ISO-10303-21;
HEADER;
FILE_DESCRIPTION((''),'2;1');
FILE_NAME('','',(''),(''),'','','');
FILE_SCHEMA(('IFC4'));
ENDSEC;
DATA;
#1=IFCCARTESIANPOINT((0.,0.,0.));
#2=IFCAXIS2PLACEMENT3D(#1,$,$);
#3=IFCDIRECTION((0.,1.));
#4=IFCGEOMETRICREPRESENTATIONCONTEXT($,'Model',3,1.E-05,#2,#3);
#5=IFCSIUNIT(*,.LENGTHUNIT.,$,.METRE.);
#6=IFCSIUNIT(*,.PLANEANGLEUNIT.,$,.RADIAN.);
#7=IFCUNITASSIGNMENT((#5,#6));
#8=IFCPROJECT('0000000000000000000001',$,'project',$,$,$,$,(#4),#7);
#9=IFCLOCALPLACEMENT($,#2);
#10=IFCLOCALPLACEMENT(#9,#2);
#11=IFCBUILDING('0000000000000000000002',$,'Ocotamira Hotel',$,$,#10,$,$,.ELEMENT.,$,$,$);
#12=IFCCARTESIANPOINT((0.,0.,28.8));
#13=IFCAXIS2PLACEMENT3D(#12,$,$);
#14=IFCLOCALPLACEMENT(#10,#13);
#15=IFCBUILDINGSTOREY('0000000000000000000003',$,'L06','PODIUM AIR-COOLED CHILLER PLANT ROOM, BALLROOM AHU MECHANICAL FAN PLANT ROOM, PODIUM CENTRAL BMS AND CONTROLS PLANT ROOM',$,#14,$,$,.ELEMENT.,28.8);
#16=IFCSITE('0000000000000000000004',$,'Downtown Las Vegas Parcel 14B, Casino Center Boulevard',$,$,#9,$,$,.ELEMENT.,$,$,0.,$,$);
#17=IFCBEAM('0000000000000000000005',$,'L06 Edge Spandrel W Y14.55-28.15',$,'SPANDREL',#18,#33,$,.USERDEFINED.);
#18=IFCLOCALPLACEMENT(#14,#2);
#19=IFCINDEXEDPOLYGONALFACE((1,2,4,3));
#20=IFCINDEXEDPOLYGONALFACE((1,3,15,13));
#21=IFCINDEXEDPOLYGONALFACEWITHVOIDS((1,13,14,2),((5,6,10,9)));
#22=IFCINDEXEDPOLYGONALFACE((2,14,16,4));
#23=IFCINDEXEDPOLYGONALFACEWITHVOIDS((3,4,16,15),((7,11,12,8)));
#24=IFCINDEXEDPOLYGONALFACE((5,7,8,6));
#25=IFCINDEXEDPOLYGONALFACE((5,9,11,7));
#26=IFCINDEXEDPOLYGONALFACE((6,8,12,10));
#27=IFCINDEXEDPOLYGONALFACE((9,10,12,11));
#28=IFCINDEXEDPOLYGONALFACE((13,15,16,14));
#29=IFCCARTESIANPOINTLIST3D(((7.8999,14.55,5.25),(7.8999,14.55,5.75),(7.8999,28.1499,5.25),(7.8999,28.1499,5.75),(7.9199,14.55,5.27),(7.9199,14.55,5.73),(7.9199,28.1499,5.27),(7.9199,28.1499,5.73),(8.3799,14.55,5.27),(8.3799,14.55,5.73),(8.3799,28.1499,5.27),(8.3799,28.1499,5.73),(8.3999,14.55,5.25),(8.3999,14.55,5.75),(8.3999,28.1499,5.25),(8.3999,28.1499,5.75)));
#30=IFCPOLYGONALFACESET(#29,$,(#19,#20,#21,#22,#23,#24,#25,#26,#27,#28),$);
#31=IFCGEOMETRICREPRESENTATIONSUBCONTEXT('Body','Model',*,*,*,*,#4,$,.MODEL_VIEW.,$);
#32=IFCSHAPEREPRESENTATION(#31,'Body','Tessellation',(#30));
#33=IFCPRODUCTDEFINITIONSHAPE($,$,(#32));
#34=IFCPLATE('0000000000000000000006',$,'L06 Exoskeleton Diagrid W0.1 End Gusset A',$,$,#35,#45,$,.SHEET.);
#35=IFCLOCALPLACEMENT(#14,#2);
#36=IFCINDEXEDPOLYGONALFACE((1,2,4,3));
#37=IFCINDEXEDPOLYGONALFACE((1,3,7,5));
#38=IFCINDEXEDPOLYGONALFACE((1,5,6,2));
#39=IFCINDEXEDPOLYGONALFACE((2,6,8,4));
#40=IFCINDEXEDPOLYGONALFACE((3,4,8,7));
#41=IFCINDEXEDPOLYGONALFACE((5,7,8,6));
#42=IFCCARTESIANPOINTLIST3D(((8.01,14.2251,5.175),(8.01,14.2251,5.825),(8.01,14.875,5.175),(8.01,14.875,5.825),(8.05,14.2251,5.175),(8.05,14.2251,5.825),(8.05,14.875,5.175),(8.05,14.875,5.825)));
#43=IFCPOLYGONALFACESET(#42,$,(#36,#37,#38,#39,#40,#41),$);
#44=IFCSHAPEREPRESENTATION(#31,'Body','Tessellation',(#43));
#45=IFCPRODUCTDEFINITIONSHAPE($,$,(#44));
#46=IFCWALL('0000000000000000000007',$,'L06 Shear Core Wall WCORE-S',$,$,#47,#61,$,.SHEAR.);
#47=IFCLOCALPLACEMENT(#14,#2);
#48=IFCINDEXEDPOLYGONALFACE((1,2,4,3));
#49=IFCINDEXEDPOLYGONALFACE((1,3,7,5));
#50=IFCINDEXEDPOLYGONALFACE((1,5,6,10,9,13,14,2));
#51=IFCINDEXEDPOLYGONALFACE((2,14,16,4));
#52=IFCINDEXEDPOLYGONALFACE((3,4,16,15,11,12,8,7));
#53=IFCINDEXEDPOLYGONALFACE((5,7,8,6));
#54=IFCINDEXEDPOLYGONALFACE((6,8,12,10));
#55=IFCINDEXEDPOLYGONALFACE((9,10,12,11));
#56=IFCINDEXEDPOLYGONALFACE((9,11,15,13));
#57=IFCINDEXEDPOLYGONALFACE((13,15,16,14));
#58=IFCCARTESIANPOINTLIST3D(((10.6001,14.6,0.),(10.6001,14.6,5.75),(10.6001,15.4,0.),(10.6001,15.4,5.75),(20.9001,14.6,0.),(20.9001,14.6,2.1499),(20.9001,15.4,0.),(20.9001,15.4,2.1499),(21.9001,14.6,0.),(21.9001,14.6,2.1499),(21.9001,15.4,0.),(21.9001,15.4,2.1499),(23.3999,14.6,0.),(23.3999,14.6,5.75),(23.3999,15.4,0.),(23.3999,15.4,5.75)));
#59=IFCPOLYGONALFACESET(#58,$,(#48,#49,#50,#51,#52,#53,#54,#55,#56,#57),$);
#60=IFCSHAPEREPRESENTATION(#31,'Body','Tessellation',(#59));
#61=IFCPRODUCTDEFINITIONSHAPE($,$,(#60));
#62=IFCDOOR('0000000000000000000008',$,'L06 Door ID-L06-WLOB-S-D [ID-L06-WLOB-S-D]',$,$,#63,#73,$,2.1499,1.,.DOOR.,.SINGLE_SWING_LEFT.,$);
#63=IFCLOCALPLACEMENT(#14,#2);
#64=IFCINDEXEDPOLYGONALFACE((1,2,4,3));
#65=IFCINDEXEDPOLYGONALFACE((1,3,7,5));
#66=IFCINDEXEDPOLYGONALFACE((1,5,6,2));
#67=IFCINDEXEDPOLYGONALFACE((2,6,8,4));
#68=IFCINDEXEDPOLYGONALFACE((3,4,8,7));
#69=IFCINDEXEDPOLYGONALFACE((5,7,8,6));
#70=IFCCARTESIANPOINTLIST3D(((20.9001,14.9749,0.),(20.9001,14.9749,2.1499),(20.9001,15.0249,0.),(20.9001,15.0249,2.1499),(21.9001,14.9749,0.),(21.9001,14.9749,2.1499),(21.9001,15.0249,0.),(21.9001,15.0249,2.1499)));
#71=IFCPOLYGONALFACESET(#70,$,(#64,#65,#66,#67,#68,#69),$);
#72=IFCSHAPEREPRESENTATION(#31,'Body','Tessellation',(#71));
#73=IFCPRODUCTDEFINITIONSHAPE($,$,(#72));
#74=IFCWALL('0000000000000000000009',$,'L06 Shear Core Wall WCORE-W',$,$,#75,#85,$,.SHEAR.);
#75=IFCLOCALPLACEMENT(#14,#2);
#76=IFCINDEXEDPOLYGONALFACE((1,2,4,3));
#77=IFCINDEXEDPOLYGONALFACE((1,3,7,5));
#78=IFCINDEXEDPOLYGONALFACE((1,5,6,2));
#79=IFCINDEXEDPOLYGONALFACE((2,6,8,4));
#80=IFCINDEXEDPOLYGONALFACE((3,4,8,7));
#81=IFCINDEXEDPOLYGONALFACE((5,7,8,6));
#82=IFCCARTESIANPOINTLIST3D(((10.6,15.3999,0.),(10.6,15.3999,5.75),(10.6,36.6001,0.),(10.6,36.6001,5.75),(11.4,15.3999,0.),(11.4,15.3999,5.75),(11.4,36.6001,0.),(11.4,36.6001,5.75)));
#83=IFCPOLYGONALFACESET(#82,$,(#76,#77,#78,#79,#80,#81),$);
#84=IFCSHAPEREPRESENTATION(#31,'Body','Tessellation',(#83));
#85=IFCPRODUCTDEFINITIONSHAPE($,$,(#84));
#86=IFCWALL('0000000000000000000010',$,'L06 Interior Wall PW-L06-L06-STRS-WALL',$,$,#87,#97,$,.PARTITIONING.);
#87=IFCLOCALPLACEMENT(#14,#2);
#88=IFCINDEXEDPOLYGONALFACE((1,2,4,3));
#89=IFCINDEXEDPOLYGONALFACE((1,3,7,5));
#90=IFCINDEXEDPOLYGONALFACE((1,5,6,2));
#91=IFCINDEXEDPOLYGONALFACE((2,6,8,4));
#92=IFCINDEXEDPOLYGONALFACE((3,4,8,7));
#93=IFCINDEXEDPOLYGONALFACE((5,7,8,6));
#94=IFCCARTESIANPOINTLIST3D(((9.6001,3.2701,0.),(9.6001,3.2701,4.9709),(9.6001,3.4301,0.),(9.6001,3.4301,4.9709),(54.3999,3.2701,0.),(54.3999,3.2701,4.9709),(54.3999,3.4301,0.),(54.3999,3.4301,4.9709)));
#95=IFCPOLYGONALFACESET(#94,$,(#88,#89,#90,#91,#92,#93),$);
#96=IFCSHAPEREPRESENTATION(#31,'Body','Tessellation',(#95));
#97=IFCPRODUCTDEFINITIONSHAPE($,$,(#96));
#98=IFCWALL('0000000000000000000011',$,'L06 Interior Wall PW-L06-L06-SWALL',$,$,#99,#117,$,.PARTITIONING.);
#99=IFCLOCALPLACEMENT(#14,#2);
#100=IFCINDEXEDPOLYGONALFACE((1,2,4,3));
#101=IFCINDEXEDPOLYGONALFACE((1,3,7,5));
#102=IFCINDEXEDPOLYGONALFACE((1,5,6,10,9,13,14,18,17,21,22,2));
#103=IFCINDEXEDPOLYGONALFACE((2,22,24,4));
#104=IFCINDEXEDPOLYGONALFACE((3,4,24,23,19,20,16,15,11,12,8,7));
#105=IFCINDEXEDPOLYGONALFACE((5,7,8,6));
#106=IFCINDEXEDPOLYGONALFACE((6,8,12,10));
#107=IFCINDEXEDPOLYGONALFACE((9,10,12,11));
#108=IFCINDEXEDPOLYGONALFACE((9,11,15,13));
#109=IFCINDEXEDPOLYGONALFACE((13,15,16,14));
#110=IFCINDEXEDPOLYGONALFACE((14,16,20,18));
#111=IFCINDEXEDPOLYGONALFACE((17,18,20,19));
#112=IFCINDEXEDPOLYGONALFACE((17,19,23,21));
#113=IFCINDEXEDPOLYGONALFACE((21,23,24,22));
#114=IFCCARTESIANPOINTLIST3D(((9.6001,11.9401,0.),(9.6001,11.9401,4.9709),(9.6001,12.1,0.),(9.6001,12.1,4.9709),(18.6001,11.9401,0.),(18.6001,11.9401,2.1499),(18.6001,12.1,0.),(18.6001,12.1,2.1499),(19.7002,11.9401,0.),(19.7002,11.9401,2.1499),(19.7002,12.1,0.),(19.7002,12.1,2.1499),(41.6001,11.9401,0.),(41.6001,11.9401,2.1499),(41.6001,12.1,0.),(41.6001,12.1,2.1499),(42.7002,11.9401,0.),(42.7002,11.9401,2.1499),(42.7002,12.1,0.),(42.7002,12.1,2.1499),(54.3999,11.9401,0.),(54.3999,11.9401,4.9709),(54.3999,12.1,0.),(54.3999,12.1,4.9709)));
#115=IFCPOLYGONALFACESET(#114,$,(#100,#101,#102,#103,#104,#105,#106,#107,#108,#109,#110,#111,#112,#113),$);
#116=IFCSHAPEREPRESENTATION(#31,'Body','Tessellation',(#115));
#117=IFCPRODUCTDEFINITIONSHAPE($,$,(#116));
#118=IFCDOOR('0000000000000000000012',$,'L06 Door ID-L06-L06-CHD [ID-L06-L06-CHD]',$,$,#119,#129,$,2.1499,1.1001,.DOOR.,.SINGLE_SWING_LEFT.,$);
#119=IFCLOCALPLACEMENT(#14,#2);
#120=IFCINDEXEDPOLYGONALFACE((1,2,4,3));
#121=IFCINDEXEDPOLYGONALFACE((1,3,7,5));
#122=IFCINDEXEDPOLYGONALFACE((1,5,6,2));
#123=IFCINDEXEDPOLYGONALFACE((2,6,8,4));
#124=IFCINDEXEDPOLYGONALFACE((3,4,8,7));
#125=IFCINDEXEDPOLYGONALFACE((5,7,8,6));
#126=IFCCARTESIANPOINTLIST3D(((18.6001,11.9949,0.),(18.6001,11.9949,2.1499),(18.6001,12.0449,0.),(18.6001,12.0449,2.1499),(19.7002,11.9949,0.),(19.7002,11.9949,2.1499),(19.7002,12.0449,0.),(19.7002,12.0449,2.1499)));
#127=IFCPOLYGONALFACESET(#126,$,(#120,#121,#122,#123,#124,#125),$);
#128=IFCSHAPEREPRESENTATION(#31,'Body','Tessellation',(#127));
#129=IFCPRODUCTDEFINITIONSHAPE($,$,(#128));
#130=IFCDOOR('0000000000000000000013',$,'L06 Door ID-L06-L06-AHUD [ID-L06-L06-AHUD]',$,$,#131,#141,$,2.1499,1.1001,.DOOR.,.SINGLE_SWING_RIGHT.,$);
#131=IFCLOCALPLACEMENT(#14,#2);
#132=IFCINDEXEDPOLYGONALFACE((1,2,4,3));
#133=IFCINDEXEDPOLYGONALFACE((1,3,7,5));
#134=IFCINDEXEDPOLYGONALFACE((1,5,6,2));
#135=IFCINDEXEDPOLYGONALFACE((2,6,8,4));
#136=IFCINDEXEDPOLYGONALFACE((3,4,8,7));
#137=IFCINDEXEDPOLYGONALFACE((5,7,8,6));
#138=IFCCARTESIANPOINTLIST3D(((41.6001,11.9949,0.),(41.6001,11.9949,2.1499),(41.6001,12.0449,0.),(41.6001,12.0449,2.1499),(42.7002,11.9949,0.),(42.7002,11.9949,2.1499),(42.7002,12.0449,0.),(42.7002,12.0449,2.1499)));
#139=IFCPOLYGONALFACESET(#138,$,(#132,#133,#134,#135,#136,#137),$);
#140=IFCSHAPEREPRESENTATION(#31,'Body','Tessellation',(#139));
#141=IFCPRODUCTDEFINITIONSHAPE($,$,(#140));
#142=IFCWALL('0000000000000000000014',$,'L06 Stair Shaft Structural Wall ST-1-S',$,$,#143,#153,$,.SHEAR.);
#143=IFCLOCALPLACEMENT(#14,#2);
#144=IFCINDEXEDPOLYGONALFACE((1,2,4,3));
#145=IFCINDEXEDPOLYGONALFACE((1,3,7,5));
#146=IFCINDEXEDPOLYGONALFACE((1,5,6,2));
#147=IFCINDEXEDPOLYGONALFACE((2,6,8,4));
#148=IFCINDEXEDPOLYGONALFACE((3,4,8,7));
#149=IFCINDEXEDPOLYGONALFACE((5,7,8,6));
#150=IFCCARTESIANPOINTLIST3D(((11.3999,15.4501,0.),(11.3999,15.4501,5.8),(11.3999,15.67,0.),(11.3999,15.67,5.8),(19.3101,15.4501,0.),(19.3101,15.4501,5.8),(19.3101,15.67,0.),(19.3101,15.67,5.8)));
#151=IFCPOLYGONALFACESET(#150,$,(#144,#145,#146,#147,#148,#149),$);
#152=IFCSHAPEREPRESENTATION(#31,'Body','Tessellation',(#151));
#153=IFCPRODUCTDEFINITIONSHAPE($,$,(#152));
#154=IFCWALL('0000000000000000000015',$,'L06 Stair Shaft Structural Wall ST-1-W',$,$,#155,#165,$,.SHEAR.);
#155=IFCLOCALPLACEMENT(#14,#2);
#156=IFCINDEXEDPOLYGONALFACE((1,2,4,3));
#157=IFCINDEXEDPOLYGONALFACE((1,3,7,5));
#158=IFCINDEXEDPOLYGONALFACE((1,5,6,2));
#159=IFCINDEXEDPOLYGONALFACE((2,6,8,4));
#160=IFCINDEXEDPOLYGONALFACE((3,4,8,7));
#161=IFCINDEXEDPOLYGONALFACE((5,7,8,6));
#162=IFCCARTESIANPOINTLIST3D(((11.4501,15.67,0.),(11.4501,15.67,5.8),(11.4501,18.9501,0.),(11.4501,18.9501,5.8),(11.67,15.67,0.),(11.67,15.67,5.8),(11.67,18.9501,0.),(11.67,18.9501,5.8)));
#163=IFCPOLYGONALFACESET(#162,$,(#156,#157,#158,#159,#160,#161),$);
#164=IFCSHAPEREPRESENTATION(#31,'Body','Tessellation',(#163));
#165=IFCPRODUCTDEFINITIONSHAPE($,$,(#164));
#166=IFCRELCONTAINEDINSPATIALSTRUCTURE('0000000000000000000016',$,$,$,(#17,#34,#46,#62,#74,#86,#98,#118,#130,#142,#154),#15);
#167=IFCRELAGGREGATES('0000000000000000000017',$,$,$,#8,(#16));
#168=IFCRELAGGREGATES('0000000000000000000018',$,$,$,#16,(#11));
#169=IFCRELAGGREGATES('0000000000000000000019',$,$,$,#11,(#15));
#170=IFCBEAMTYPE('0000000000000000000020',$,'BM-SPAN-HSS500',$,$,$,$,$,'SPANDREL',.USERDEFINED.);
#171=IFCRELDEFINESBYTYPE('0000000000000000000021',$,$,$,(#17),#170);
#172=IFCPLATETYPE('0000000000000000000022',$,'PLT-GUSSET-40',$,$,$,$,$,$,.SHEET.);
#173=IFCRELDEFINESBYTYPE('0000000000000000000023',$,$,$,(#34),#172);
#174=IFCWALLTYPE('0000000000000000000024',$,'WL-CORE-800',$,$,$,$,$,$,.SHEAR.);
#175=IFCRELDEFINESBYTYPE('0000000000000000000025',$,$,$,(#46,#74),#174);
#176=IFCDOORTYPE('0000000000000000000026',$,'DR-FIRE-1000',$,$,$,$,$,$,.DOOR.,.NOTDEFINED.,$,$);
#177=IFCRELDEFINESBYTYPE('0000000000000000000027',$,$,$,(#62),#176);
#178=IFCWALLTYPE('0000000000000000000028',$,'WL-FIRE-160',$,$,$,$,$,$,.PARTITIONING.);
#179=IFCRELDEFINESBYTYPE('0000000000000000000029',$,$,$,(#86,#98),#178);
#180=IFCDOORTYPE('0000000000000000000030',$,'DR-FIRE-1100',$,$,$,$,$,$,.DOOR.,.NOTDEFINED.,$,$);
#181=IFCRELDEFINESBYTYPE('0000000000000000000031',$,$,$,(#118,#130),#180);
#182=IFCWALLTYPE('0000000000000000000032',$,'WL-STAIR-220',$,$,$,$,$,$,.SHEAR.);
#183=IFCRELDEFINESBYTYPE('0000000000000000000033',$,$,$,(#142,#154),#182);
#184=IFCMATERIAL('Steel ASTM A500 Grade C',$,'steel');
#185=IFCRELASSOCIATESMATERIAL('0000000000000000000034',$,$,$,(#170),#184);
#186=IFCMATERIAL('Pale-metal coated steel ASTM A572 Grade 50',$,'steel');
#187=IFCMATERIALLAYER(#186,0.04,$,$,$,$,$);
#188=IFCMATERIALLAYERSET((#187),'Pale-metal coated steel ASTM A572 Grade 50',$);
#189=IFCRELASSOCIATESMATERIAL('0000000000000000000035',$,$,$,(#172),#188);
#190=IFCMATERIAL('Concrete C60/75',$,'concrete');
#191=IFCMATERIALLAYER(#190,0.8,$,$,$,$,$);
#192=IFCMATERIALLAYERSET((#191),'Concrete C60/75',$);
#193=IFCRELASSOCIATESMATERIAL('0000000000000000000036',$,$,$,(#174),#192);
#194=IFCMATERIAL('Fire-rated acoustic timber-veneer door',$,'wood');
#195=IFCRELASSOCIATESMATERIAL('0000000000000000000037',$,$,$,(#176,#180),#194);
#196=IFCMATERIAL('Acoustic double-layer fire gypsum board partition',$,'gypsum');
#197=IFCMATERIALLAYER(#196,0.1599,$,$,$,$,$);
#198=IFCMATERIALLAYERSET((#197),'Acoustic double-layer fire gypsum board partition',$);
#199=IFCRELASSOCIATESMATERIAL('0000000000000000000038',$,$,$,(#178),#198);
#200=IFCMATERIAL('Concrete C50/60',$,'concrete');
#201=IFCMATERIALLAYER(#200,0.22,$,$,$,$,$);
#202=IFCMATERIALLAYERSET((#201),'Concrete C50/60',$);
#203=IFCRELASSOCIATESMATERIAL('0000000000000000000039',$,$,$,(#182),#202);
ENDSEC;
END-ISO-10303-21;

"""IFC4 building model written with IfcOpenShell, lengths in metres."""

from ifc_helpers import new_model, si_unit, direction, frame, frame_2d, origin, origin_2d, place, context, subcontext, project, spatial, rectangle, hollow_rectangle, extrude, source, transform, mapped, material, layer, layer_set, material_profile, profile_set, type_object, element, fill, save


model = new_model("IFC4")

# Units and contexts
model_context = context("Model", 3, precision=1e-05, world=origin(), true_north=direction((0.0, 1.0)))
body_context = subcontext(model_context, "Body", "Model", "MODEL_VIEW")
ifc_project = project(units=[si_unit("LENGTHUNIT", "METRE"), si_unit("PLANEANGLEUNIT", "RADIAN")], contexts=[model_context])

# Site, building, storey
site_placement = place(None, origin())
site = spatial("IfcSite", under=ifc_project, at=site_placement, Name="Downtown Las Vegas Parcel 14B, Casino Center Boulevard", CompositionType="ELEMENT", RefElevation=0.0)
building_placement = place(site_placement, origin())
building = spatial("IfcBuilding", under=site, at=building_placement, Name="Ocotamira Hotel", CompositionType="ELEMENT")
storey_placement = place(building_placement, frame((0.0, 0.0, 28.8)))
storey = spatial("IfcBuildingStorey", under=building, at=storey_placement, Name="L06", Description="PODIUM AIR-COOLED CHILLER PLANT ROOM, BALLROOM AHU MECHANICAL FAN PLANT ROOM, PODIUM CENTRAL BMS AND CONTROLS PLANT ROOM", CompositionType="ELEMENT", Elevation=28.8)

# Shared definitions
ifc_material_1 = material(Name="Concrete C60/75", Category="concrete")

# Beam
ifc_material_2 = material(Name="Steel ASTM A500 Grade C", Category="steel")
ifc_material_profile_1 = material_profile(ifc_material_2, hollow_rectangle(XDim=0.5, YDim=0.5, WallThickness=0.02, at=origin_2d()), Name="HSS500X500X20")
ifc_profile_set_1 = profile_set([ifc_material_profile_1], Name="Steel ASTM A500 Grade C")
beam_type_1 = type_object("IfcBeamType", Name="BM-SPAN-HSS500", ElementType="SPANDREL", PredefinedType="USERDEFINED", material=ifc_profile_set_1)
shared_shape_1 = source(origin(), body_context, "Body", "SweptSolid", [
    extrude(hollow_rectangle(XDim=0.5, YDim=0.5, WallThickness=0.02, at=origin_2d()), origin(), (0.0, 0.0, 1.0), 13.5999),
])
beam_1_placement = place(storey_placement, frame((8.1499, 14.55, 5.5), z_axis=(0.0, 1.0, 0.0), x_axis=(-1.0, 0.0, 0.0)))
element("IfcBeam", 1, at=beam_1_placement, inside=storey, type_object=beam_type_1, Name="L06 Edge Spandrel W Y14.55-28.15", ObjectType="SPANDREL", PredefinedType="USERDEFINED", context=body_context, shape_type="MappedRepresentation", body=[
    mapped(shared_shape_1, transform((0.0, 0.0, 0.0), scale=1.0)),
])

# Plate
ifc_material_3 = material(Name="Pale-metal coated steel ASTM A572 Grade 50", Category="steel")
ifc_layer_1 = layer(ifc_material_3, 0.04)
ifc_layer_set_1 = layer_set([ifc_layer_1], Name="Pale-metal coated steel ASTM A572 Grade 50")
plate_type = type_object("IfcPlateType", Name="PLT-GUSSET-40", PredefinedType="SHEET", material=ifc_layer_set_1)
shared_shape_2 = source(origin(), body_context, "Body", "SweptSolid", [
    extrude(rectangle(XDim=0.04, YDim=0.6499, at=origin_2d()), origin(), (0.0, 0.0, 1.0), 0.6499),
])
plate_placement = place(storey_placement, frame((8.03, 14.55, 5.175), z_axis=(0.0, 0.0, 1.0), x_axis=(1.0, 0.0, 0.0)))
element("IfcPlate", 2, at=plate_placement, inside=storey, type_object=plate_type, Name="L06 Exoskeleton Diagrid W0.1 End Gusset A", PredefinedType="SHEET", context=body_context, shape_type="MappedRepresentation", body=[
    mapped(shared_shape_2, transform((0.0, 0.0, 0.0), scale=1.0)),
])

# Wall, opening, door
ifc_layer_2 = layer(ifc_material_1, 0.8)
ifc_layer_set_2 = layer_set([ifc_layer_2], Name="Concrete C60/75")
wall_type_1 = type_object("IfcWallType", Name="WL-CORE-800", PredefinedType="SHEAR", material=ifc_layer_set_2)
wall_1_placement = place(storey_placement, frame((10.6001, 15.0, 0.0), z_axis=(0.0, 0.0, 1.0), x_axis=(1.0, 0.0, 0.0)))
wall_1 = element("IfcWall", 3, at=wall_1_placement, inside=storey, type_object=wall_type_1, Name="L06 Shear Core Wall WCORE-S", PredefinedType="SHEAR", context=body_context, shape_type="SweptSolid", body=[
    extrude(rectangle(XDim=12.7998, YDim=0.8, at=frame_2d((6.3999, 0.0))), origin(), (0.0, 0.0, 1.0), 5.75),
])
opening_1_placement = place(wall_1_placement, frame((10.3, 0.0, 0.0)))
opening_1 = element("IfcOpeningElement", 4, at=opening_1_placement, cuts=wall_1, PredefinedType="OPENING", context=body_context, shape_type="SweptSolid", body=[
    extrude(rectangle(XDim=1.0, YDim=2.1499, at=frame_2d((0.5, 1.075))), frame((0.0, 0.4102, 0.0), z_axis=(0.0, -1.0, 0.0), x_axis=(1.0, 0.0, 0.0)), (0.0, 0.0, 1.0), 0.8201),
])
ifc_material_4 = material(Name="Fire-rated acoustic timber-veneer door", Category="wood")
door_type_1 = type_object("IfcDoorType", Name="DR-FIRE-1000", OperationType="NOTDEFINED", PredefinedType="DOOR", material=ifc_material_4)
shared_shape_3 = source(origin(), body_context, "Body", "SweptSolid", [
    extrude(rectangle(XDim=1.0, YDim=2.1499, at=frame_2d((0.5, 1.075))), frame((0.0, 0.0249, 0.0), z_axis=(0.0, -1.0, 0.0), x_axis=(1.0, 0.0, 0.0)), (0.0, 0.0, 1.0), 0.05),
])
door_1_placement = place(opening_1_placement, origin())
door_1 = element("IfcDoor", 5, at=door_1_placement, inside=storey, type_object=door_type_1, Name="L06 Door ID-L06-WLOB-S-D [ID-L06-WLOB-S-D]", OperationType="SINGLE_SWING_LEFT", OverallHeight=2.1499, OverallWidth=1.0, PredefinedType="DOOR", context=body_context, shape_type="MappedRepresentation", body=[
    mapped(shared_shape_3, transform((0.0, 0.0, 0.0), scale=1.0)),
])
fill(opening_1, door_1)

# Walls
wall_2_placement = place(storey_placement, frame((11.0, 15.3999, 0.0), z_axis=(0.0, 0.0, 1.0), x_axis=(0.0, 1.0, 0.0)))
element("IfcWall", 6, at=wall_2_placement, inside=storey, type_object=wall_type_1, Name="L06 Shear Core Wall WCORE-W", PredefinedType="SHEAR", context=body_context, shape_type="SweptSolid", body=[
    extrude(rectangle(XDim=21.2002, YDim=0.8, at=frame_2d((10.6001, 0.0))), origin(), (0.0, 0.0, 1.0), 5.75),
])
ifc_material_5 = material(Name="Acoustic double-layer fire gypsum board partition", Category="gypsum")
ifc_layer_3 = layer(ifc_material_5, 0.1599)
ifc_layer_set_3 = layer_set([ifc_layer_3], Name="Acoustic double-layer fire gypsum board partition")
wall_type_2 = type_object("IfcWallType", Name="WL-FIRE-160", PredefinedType="PARTITIONING", material=ifc_layer_set_3)
wall_3_placement = place(storey_placement, frame((9.6001, 3.3501, 0.0), z_axis=(0.0, 0.0, 1.0), x_axis=(1.0, 0.0, 0.0)))
element("IfcWall", 7, at=wall_3_placement, inside=storey, type_object=wall_type_2, Name="L06 Interior Wall PW-L06-L06-STRS-WALL", PredefinedType="PARTITIONING", context=body_context, shape_type="SweptSolid", body=[
    extrude(rectangle(XDim=44.7998, YDim=0.1599, at=frame_2d((22.3999, 0.0))), origin(), (0.0, 0.0, 1.0), 4.9709),
])

# Wall, openings, doors
wall_4_placement = place(storey_placement, frame((9.6001, 12.02, 0.0), z_axis=(0.0, 0.0, 1.0), x_axis=(1.0, 0.0, 0.0)))
wall_4 = element("IfcWall", 8, at=wall_4_placement, inside=storey, type_object=wall_type_2, Name="L06 Interior Wall PW-L06-L06-SWALL", PredefinedType="PARTITIONING", context=body_context, shape_type="SweptSolid", body=[
    extrude(rectangle(XDim=44.7998, YDim=0.1599, at=frame_2d((22.3999, 0.0))), origin(), (0.0, 0.0, 1.0), 4.9709),
])
opening_2_placement = place(wall_4_placement, frame((9.0, 0.0, 0.0)))
opening_2 = element("IfcOpeningElement", 9, at=opening_2_placement, cuts=wall_4, PredefinedType="OPENING", context=body_context, shape_type="SweptSolid", body=[
    extrude(rectangle(XDim=1.1001, YDim=2.1499, at=frame_2d((0.55, 1.075))), frame((0.0, 0.0898, 0.0), z_axis=(0.0, -1.0, 0.0), x_axis=(1.0, 0.0, 0.0)), (0.0, 0.0, 1.0), 0.1799),
])
opening_3_placement = place(wall_4_placement, frame((32.0, 0.0, 0.0)))
opening_3 = element("IfcOpeningElement", 10, at=opening_3_placement, cuts=wall_4, PredefinedType="OPENING", context=body_context, shape_type="SweptSolid", body=[
    extrude(rectangle(XDim=1.1001, YDim=2.1499, at=frame_2d((0.55, 1.075))), frame((0.0, 0.0898, 0.0), z_axis=(0.0, -1.0, 0.0), x_axis=(1.0, 0.0, 0.0)), (0.0, 0.0, 1.0), 0.1799),
])
door_type_2 = type_object("IfcDoorType", Name="DR-FIRE-1100", OperationType="NOTDEFINED", PredefinedType="DOOR", material=ifc_material_4)
shared_shape_4 = source(origin(), body_context, "Body", "SweptSolid", [
    extrude(rectangle(XDim=1.1001, YDim=2.1499, at=frame_2d((0.55, 1.075))), frame((0.0, 0.0249, 0.0), z_axis=(0.0, -1.0, 0.0), x_axis=(1.0, 0.0, 0.0)), (0.0, 0.0, 1.0), 0.05),
])
door_2_placement = place(opening_2_placement, origin())
door_2 = element("IfcDoor", 11, at=door_2_placement, inside=storey, type_object=door_type_2, Name="L06 Door ID-L06-L06-CHD [ID-L06-L06-CHD]", OperationType="SINGLE_SWING_LEFT", OverallHeight=2.1499, OverallWidth=1.1001, PredefinedType="DOOR", context=body_context, shape_type="MappedRepresentation", body=[
    mapped(shared_shape_4, transform((0.0, 0.0, 0.0), scale=1.0)),
])
fill(opening_2, door_2)
door_3_placement = place(opening_3_placement, origin())
door_3 = element("IfcDoor", 12, at=door_3_placement, inside=storey, type_object=door_type_2, Name="L06 Door ID-L06-L06-AHUD [ID-L06-L06-AHUD]", OperationType="SINGLE_SWING_RIGHT", OverallHeight=2.1499, OverallWidth=1.1001, PredefinedType="DOOR", context=body_context, shape_type="MappedRepresentation", body=[
    mapped(shared_shape_4, transform((0.0, 0.0, 0.0), scale=1.0)),
])
fill(opening_3, door_3)

# Walls
ifc_material_6 = material(Name="Concrete C50/60", Category="concrete")
ifc_layer_4 = layer(ifc_material_6, 0.22)
ifc_layer_set_4 = layer_set([ifc_layer_4], Name="Concrete C50/60")
wall_type_3 = type_object("IfcWallType", Name="WL-STAIR-220", PredefinedType="SHEAR", material=ifc_layer_set_4)
wall_5_placement = place(storey_placement, frame((11.3999, 15.5601, 0.0), z_axis=(0.0, 0.0, 1.0), x_axis=(1.0, 0.0, 0.0)))
element("IfcWall", 13, at=wall_5_placement, inside=storey, type_object=wall_type_3, Name="L06 Stair Shaft Structural Wall ST-1-S", PredefinedType="SHEAR", context=body_context, shape_type="SweptSolid", body=[
    extrude(rectangle(XDim=7.9102, YDim=0.22, at=frame_2d((3.9551, 0.0))), origin(), (0.0, 0.0, 1.0), 5.8),
])
wall_6_placement = place(storey_placement, frame((11.5601, 15.6699, 0.0), z_axis=(0.0, 0.0, 1.0), x_axis=(0.0, 1.0, 0.0)))
element("IfcWall", 14, at=wall_6_placement, inside=storey, type_object=wall_type_3, Name="L06 Stair Shaft Structural Wall ST-1-W", PredefinedType="SHEAR", context=body_context, shape_type="SweptSolid", body=[
    extrude(rectangle(XDim=3.28, YDim=0.22, at=frame_2d((1.6401, 0.0))), origin(), (0.0, 0.0, 1.0), 5.8),
])

save(model, "model.ifc")
